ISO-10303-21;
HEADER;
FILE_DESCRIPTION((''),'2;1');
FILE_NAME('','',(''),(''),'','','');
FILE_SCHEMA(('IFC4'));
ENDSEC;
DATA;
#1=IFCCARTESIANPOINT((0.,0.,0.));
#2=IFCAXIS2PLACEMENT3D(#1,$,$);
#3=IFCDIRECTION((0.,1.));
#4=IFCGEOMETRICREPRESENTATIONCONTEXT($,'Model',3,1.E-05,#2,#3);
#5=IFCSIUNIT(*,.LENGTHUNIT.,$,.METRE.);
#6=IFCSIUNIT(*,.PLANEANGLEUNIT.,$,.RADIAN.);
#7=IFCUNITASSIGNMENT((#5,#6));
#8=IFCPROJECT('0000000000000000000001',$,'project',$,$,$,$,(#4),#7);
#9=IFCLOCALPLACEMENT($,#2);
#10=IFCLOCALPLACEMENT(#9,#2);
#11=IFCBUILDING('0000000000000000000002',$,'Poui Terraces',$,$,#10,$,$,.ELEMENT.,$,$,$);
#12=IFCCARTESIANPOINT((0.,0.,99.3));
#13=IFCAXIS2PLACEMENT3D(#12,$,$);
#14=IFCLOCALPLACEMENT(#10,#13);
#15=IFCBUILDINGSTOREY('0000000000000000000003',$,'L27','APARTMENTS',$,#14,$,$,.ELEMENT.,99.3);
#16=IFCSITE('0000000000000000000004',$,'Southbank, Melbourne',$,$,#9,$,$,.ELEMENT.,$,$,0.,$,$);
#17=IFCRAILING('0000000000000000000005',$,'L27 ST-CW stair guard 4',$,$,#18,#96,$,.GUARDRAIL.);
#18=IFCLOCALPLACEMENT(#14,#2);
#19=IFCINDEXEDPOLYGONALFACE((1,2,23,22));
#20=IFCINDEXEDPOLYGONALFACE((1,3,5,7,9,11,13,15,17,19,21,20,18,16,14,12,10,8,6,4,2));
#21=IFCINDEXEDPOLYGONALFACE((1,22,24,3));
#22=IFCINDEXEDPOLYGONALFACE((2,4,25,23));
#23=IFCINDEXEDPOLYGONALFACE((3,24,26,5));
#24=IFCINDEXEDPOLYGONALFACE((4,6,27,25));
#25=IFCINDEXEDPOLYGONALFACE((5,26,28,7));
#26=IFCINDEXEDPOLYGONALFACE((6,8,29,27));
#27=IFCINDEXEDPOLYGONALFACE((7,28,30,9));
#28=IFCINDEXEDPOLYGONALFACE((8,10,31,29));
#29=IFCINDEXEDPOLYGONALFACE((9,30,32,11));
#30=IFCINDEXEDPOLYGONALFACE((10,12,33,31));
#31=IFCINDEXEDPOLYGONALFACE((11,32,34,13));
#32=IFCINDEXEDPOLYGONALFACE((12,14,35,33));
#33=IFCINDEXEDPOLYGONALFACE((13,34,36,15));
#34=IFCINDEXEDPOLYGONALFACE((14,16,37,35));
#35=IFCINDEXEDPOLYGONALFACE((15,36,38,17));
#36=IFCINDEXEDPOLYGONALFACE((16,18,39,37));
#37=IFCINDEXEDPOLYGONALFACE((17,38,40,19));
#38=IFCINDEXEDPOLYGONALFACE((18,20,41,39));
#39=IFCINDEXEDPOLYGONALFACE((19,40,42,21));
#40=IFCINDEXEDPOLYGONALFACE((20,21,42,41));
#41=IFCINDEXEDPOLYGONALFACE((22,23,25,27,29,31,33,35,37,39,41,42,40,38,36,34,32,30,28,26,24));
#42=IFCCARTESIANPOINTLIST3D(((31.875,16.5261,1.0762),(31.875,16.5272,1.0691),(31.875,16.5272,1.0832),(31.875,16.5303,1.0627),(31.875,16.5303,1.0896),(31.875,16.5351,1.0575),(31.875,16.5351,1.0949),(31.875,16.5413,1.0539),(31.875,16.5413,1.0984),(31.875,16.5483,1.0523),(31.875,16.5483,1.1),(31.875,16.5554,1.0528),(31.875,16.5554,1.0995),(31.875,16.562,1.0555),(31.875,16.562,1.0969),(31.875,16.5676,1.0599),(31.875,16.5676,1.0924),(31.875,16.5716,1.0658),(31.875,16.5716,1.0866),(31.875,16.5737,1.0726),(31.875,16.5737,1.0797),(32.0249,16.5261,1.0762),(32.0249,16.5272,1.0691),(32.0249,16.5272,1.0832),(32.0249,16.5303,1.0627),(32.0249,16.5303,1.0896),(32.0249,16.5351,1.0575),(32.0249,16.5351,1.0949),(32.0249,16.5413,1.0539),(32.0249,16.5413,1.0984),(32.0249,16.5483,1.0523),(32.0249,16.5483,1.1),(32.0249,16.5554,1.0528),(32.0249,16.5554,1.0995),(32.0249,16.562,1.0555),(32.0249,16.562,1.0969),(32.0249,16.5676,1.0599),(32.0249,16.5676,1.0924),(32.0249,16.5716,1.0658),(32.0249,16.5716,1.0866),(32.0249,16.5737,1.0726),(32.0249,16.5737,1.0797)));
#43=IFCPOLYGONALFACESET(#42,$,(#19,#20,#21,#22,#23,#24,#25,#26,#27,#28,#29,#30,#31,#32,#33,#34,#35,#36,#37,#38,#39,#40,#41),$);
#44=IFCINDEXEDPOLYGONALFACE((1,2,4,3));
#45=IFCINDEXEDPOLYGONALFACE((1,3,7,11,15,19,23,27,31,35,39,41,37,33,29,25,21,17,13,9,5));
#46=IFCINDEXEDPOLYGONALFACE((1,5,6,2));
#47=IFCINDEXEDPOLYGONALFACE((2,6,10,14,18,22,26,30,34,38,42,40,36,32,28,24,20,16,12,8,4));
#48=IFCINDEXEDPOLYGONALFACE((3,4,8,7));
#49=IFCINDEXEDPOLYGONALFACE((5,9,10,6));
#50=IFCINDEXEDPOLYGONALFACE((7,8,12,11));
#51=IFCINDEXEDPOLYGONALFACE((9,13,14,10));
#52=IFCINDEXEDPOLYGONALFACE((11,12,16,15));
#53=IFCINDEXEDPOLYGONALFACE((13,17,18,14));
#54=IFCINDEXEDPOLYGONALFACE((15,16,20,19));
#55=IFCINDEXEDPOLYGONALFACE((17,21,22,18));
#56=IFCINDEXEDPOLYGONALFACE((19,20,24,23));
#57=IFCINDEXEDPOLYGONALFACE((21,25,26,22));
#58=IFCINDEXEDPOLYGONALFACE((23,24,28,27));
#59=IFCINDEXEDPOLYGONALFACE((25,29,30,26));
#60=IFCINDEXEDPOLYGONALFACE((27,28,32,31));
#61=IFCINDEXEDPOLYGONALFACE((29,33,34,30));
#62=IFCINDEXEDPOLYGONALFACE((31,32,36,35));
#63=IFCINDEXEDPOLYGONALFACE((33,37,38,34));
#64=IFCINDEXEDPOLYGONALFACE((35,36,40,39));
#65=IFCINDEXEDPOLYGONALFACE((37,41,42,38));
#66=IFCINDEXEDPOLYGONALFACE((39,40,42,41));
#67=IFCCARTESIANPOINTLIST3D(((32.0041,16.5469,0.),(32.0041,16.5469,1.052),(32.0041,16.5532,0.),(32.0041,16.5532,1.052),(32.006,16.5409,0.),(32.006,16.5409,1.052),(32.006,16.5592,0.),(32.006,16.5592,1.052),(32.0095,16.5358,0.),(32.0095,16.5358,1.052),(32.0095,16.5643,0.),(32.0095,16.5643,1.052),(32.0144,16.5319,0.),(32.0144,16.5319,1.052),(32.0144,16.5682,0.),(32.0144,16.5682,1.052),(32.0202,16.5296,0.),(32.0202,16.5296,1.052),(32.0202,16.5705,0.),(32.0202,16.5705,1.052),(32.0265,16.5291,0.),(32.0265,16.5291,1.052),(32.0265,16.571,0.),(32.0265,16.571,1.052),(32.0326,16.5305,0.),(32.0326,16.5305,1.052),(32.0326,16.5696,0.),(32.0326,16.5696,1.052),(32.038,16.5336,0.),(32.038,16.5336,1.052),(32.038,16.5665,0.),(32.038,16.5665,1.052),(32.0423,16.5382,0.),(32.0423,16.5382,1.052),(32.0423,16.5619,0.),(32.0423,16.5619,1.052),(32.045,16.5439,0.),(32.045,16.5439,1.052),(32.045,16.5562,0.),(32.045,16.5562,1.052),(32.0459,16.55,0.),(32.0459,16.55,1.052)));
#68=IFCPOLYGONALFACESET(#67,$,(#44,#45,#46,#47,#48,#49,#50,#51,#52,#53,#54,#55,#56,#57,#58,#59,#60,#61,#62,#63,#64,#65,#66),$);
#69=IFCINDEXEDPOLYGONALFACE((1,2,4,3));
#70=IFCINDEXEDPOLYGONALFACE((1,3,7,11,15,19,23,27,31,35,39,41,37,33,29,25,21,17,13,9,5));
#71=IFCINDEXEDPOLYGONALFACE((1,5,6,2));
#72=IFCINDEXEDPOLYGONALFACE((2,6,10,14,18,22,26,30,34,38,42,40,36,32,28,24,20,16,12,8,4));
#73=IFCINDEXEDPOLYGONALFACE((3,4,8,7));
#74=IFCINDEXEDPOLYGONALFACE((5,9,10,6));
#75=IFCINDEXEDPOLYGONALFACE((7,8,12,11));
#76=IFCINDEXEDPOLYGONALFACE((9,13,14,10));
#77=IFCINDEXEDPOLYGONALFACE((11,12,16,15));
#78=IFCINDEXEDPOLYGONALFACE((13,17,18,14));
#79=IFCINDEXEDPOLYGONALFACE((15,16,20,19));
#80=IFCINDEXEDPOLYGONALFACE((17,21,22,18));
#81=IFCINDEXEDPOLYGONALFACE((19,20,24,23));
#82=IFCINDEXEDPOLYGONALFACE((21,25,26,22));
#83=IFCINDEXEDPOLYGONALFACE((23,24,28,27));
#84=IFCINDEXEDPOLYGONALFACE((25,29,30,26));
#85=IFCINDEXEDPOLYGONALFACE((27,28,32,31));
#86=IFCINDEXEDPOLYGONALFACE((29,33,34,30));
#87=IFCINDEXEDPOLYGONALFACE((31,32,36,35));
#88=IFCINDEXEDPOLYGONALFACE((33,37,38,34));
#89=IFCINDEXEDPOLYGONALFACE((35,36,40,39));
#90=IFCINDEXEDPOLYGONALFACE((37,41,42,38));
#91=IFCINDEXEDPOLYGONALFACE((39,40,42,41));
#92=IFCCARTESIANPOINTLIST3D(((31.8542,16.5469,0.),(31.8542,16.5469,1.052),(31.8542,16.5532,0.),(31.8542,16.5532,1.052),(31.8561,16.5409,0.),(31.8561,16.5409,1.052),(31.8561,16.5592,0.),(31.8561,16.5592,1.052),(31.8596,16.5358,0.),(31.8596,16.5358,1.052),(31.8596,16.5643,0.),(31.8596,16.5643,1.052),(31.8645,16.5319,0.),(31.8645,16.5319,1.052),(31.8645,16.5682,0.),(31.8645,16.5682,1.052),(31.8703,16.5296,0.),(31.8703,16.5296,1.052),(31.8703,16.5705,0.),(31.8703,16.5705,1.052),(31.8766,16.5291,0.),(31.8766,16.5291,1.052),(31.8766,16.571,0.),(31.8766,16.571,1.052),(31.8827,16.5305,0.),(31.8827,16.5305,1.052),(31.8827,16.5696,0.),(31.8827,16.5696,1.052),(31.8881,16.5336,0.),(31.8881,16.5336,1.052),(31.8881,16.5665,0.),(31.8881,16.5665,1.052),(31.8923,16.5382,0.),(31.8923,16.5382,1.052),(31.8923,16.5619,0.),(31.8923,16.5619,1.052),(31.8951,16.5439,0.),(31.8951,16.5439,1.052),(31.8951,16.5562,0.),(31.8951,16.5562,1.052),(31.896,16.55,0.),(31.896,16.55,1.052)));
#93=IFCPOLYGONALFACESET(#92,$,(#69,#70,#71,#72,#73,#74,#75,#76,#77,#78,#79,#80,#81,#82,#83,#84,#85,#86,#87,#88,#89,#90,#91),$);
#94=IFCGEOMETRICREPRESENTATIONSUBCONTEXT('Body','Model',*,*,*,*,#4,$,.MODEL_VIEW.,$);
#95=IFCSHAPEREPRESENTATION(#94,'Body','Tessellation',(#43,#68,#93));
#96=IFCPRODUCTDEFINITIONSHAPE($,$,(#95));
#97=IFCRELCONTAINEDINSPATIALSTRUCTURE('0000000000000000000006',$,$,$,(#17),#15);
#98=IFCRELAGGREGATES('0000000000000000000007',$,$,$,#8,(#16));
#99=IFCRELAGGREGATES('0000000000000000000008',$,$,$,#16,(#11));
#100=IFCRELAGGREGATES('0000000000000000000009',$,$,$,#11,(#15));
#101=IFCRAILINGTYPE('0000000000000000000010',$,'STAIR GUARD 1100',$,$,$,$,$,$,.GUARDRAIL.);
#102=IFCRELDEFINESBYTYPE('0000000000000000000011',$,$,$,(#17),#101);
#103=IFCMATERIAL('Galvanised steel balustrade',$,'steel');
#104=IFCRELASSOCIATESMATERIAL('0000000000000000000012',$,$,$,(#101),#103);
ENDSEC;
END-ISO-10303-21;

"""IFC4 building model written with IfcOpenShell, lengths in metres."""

from ifc_helpers import new_model, si_unit, direction, frame, origin, origin_2d, place, context, subcontext, project, spatial, circle, extrude, material, type_object, element, save


model = new_model("IFC4")

# Units and contexts
model_context = context("Model", 3, precision=1e-05, world=origin(), true_north=direction((0.0, 1.0)))
body_context = subcontext(model_context, "Body", "Model", "MODEL_VIEW")
ifc_project = project(units=[si_unit("LENGTHUNIT", "METRE"), si_unit("PLANEANGLEUNIT", "RADIAN")], contexts=[model_context])

# Site, building, storey
site_placement = place(None, origin())
site = spatial("IfcSite", under=ifc_project, at=site_placement, Name="Southbank, Melbourne", CompositionType="ELEMENT", RefElevation=0.0)
building_placement = place(site_placement, origin())
building = spatial("IfcBuilding", under=site, at=building_placement, Name="Poui Terraces", CompositionType="ELEMENT")
storey_placement = place(building_placement, frame((0.0, 0.0, 99.3)))
storey = spatial("IfcBuildingStorey", under=building, at=storey_placement, Name="L27", Description="APARTMENTS", CompositionType="ELEMENT", Elevation=99.3)

# Railing
ifc_material_1 = material(Name="Galvanised steel balustrade", Category="steel")
railing_type_1 = type_object("IfcRailingType", Name="STAIR GUARD 1100", PredefinedType="GUARDRAIL", material=ifc_material_1)
railing_1_placement = place(storey_placement, frame((32.0249, 16.55, 0.0)))
element("IfcRailing", 1, at=railing_1_placement, inside=storey, type_object=railing_type_1, Name="L27 ST-CW stair guard 4", PredefinedType="GUARDRAIL", context=body_context, shape_type="SweptSolid", body=[
    extrude(circle(Radius=0.0239, at=origin_2d()), frame((0.0, 0.0, 1.0762), z_axis=(-1.0, 0.0, 0.0), x_axis=(0.0, -1.0, 0.0)), (0.0, 0.0, 1.0), 0.1499),
    extrude(circle(Radius=0.021, at=origin_2d()), origin(), (0.0, 0.0, 1.0), 1.052),
    extrude(circle(Radius=0.021, at=origin_2d()), frame((-0.1499, 0.0, 0.0)), (0.0, 0.0, 1.0), 1.052),
])

save(model, "model.ifc")
